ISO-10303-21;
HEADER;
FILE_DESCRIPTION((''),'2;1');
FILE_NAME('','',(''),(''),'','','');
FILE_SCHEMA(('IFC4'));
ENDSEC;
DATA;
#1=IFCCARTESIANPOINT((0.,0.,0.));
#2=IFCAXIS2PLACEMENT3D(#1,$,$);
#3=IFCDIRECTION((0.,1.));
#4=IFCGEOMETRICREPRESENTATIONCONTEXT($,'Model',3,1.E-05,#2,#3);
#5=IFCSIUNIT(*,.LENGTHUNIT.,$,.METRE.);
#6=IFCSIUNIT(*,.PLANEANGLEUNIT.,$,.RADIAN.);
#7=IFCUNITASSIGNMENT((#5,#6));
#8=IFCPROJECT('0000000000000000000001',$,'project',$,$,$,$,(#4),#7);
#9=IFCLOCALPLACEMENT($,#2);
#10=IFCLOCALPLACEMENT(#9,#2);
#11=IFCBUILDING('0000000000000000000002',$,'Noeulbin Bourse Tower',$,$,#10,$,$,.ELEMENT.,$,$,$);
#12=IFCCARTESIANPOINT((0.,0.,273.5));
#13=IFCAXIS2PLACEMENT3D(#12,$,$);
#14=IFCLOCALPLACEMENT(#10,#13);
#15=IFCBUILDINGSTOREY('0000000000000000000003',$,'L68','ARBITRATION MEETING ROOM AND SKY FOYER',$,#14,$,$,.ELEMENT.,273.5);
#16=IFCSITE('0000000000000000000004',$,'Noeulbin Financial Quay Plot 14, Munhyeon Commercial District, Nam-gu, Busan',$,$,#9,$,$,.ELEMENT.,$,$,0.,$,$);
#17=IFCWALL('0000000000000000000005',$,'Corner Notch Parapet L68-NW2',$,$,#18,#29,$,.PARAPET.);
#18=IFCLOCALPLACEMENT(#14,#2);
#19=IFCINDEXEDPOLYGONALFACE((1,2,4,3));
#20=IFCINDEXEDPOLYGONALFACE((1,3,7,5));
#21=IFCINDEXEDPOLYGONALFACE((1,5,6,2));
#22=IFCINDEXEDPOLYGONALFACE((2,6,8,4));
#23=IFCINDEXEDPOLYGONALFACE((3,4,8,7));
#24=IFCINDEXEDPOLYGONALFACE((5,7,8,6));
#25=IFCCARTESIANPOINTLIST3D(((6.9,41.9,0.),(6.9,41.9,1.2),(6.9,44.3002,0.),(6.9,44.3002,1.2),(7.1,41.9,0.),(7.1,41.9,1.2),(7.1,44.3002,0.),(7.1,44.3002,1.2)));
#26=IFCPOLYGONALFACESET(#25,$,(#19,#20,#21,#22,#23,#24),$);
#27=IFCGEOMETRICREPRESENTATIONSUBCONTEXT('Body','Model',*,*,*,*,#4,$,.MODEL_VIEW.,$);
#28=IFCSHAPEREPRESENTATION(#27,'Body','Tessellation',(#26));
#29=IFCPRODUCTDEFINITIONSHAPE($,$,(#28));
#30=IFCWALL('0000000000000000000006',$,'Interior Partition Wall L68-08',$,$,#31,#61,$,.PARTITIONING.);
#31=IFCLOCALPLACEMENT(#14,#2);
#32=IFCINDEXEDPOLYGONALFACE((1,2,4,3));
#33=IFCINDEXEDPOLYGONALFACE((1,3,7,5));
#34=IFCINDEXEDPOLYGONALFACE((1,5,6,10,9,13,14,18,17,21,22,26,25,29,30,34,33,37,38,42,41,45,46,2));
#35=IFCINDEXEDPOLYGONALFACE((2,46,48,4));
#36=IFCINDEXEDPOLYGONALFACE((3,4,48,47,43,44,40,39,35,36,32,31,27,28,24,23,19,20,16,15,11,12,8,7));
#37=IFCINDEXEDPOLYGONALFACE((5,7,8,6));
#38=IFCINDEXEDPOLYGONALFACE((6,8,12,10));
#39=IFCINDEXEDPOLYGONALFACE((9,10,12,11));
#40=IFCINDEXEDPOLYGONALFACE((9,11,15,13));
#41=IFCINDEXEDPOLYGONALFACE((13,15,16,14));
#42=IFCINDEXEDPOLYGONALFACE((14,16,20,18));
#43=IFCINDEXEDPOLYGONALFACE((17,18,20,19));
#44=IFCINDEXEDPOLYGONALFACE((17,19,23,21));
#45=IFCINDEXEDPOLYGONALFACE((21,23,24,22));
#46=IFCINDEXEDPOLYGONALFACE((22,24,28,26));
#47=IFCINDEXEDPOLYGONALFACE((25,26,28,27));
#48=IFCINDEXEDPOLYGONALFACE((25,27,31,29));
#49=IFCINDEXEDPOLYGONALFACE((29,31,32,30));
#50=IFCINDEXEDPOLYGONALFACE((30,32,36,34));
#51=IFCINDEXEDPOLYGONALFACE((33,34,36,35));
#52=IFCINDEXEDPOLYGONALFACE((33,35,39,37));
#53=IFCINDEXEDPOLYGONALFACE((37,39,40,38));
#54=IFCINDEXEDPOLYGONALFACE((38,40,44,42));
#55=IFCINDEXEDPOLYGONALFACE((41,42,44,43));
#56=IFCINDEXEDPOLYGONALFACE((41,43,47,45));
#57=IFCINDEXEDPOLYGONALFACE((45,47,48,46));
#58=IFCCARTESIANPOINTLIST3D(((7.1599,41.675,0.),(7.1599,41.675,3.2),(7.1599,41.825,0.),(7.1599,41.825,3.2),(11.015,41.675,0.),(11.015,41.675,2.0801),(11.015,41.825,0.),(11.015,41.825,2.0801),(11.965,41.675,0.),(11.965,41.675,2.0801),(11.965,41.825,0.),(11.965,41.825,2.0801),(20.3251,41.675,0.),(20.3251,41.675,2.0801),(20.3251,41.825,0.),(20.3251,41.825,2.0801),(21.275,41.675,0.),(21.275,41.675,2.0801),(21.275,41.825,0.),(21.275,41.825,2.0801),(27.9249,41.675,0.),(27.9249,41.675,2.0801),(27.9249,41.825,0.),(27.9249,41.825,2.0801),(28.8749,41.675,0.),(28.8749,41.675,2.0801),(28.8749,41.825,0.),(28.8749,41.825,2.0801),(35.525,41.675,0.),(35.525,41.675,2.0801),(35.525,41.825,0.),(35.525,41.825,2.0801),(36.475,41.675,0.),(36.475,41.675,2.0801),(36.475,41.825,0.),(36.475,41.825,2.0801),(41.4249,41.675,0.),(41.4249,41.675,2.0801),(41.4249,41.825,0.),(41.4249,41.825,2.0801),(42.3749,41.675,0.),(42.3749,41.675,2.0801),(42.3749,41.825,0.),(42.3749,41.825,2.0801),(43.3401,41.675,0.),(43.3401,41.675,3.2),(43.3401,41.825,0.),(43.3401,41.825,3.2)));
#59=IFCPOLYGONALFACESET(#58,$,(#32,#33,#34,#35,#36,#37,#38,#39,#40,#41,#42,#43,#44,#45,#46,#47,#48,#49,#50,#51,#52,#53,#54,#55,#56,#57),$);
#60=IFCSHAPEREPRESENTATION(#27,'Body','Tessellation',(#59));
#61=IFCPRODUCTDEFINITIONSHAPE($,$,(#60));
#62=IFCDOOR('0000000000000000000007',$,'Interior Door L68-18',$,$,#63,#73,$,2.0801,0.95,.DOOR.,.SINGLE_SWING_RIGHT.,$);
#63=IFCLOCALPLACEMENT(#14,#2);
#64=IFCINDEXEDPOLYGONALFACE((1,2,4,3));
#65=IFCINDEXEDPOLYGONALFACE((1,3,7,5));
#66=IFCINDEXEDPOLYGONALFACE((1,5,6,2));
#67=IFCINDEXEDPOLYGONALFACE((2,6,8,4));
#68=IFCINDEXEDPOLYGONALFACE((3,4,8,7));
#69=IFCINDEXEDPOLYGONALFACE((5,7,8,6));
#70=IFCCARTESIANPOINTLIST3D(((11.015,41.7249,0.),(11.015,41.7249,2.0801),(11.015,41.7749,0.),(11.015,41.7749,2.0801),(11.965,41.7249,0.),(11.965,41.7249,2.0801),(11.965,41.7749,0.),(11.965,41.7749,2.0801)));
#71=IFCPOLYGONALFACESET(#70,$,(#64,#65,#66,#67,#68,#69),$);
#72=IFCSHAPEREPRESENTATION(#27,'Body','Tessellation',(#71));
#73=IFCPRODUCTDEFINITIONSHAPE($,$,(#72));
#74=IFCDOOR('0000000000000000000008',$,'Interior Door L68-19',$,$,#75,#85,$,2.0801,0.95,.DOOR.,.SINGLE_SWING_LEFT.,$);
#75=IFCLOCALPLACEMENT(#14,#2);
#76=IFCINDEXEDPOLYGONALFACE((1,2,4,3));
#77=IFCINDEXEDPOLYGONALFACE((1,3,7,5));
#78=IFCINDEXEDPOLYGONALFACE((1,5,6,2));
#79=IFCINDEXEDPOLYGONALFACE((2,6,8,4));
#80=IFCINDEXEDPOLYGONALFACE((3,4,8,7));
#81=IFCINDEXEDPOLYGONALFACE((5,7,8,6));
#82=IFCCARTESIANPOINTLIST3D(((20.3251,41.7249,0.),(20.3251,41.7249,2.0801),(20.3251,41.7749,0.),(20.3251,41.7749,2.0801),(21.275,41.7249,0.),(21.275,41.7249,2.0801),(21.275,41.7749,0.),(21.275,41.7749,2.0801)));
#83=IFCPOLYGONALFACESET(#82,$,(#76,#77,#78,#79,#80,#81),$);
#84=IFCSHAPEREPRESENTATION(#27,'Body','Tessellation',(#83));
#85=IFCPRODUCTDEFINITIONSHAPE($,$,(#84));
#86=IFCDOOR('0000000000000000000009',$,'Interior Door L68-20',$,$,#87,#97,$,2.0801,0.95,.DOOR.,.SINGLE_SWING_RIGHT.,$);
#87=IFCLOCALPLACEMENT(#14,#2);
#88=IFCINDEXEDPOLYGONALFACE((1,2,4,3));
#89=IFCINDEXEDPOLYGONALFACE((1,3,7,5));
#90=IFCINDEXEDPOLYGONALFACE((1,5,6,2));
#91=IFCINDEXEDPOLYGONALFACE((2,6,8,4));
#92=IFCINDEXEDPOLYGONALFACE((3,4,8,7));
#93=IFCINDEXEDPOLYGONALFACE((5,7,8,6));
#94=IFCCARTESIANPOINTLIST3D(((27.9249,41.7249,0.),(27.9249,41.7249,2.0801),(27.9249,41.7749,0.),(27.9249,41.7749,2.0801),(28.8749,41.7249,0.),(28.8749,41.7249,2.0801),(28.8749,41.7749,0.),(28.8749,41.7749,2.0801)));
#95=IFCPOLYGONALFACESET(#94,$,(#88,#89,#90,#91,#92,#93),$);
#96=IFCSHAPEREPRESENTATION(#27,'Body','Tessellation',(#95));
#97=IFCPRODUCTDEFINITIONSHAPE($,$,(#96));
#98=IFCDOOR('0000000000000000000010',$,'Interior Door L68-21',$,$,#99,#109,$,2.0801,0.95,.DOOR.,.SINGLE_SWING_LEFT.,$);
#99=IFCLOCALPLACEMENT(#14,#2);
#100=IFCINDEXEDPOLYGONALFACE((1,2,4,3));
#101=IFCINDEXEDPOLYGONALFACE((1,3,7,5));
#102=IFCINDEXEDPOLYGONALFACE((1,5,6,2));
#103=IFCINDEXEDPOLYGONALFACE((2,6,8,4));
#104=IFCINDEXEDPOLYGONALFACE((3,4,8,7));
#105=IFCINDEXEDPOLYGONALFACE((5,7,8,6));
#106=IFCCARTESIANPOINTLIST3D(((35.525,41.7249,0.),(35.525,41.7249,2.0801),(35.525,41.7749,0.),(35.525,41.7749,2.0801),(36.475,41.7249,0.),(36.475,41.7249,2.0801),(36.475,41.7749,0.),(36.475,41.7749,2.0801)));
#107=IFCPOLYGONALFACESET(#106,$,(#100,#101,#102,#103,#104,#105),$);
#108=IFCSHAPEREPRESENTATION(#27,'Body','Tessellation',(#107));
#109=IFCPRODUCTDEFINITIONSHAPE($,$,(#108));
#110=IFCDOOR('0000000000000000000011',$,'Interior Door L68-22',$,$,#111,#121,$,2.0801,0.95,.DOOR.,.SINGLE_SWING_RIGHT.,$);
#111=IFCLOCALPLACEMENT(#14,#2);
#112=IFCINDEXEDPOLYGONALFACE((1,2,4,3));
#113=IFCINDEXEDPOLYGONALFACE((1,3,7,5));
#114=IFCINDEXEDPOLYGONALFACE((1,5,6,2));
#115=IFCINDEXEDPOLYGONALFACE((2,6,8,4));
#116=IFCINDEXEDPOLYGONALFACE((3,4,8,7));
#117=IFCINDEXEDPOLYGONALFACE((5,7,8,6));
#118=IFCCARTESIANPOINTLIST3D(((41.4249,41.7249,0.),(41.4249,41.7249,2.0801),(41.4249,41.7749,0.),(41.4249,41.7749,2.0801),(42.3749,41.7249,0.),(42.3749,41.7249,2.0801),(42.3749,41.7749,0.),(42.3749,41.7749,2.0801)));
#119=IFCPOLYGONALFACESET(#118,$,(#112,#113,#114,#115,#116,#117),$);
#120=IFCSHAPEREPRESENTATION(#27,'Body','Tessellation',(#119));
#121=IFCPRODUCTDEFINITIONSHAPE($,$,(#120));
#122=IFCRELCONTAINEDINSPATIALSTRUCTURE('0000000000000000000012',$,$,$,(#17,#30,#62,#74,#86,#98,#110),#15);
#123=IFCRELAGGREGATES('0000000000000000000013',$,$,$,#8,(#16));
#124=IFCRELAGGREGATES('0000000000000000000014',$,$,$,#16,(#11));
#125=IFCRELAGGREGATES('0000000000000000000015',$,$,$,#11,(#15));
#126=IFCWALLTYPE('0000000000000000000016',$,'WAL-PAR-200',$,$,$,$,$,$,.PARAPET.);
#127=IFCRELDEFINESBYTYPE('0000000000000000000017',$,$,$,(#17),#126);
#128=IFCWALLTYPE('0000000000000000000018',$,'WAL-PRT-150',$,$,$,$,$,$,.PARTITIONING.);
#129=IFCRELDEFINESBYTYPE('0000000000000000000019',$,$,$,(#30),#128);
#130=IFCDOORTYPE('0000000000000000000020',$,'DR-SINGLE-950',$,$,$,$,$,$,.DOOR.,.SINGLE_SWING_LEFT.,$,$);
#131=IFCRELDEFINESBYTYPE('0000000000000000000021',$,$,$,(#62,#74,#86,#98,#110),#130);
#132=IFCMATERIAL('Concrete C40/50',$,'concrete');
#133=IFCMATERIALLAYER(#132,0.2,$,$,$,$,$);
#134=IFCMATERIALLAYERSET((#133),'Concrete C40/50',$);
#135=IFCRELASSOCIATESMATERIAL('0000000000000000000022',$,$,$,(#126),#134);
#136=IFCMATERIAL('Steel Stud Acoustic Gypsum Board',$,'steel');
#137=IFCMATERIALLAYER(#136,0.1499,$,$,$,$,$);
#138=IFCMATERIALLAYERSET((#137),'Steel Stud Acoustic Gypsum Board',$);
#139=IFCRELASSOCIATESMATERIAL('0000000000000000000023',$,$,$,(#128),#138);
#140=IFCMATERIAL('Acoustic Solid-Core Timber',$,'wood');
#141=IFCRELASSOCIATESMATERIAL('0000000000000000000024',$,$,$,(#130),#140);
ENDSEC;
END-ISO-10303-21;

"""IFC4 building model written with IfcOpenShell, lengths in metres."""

from ifc_helpers import new_model, si_unit, direction, frame, frame_2d, origin, place, context, subcontext, project, spatial, rectangle, extrude, material, layer, layer_set, type_object, element, fill, save


model = new_model("IFC4")

# Units and contexts
model_context = context("Model", 3, precision=1e-05, world=origin(), true_north=direction((0.0, 1.0)))
body_context = subcontext(model_context, "Body", "Model", "MODEL_VIEW")
ifc_project = project(units=[si_unit("LENGTHUNIT", "METRE"), si_unit("PLANEANGLEUNIT", "RADIAN")], contexts=[model_context])

# Site, building, storey
site_placement = place(None, origin())
site = spatial("IfcSite", under=ifc_project, at=site_placement, Name="Noeulbin Financial Quay Plot 14, Munhyeon Commercial District, Nam-gu, Busan", CompositionType="ELEMENT", RefElevation=0.0)
building_placement = place(site_placement, origin())
building = spatial("IfcBuilding", under=site, at=building_placement, Name="Noeulbin Bourse Tower", CompositionType="ELEMENT")
storey_placement = place(building_placement, frame((0.0, 0.0, 273.5)))
storey = spatial("IfcBuildingStorey", under=building, at=storey_placement, Name="L68", Description="ARBITRATION MEETING ROOM AND SKY FOYER", CompositionType="ELEMENT", Elevation=273.5)

# Wall
ifc_material_1 = material(Name="Concrete C40/50", Category="concrete")
ifc_layer_1 = layer(ifc_material_1, 0.2)
ifc_layer_set_1 = layer_set([ifc_layer_1], Name="Concrete C40/50")
wall_type_1 = type_object("IfcWallType", Name="WAL-PAR-200", PredefinedType="PARAPET", material=ifc_layer_set_1)
wall_1_placement = place(storey_placement, frame((7.0, 41.8999, 0.0), z_axis=(0.0, 0.0, 1.0), x_axis=(0.0, 1.0, 0.0)))
element("IfcWall", 1, at=wall_1_placement, inside=storey, type_object=wall_type_1, Name="Corner Notch Parapet L68-NW2", PredefinedType="PARAPET", context=body_context, shape_type="SweptSolid", body=[
    extrude(rectangle(XDim=2.4001, YDim=0.2, at=frame_2d((1.2002, 0.0))), origin(), (0.0, 0.0, 1.0), 1.2),
])

# Wall, openings, doors
ifc_material_2 = material(Name="Steel Stud Acoustic Gypsum Board", Category="steel")
ifc_layer_2 = layer(ifc_material_2, 0.1499)
ifc_layer_set_2 = layer_set([ifc_layer_2], Name="Steel Stud Acoustic Gypsum Board")
wall_type_2 = type_object("IfcWallType", Name="WAL-PRT-150", PredefinedType="PARTITIONING", material=ifc_layer_set_2)
wall_2_placement = place(storey_placement, frame((7.1599, 41.75, 0.0), z_axis=(0.0, 0.0, 1.0), x_axis=(1.0, 0.0, 0.0)))
wall_2 = element("IfcWall", 2, at=wall_2_placement, inside=storey, type_object=wall_type_2, Name="Interior Partition Wall L68-08", PredefinedType="PARTITIONING", context=body_context, shape_type="SweptSolid", body=[
    extrude(rectangle(XDim=36.1802, YDim=0.1499, at=frame_2d((18.0901, 0.0))), origin(), (0.0, 0.0, 1.0), 3.2),
])
opening_1_placement = place(wall_2_placement, frame((3.855, 0.0, 0.0)))
opening_1 = element("IfcOpeningElement", 3, at=opening_1_placement, cuts=wall_2, PredefinedType="OPENING", context=body_context, shape_type="SweptSolid", body=[
    extrude(rectangle(XDim=0.95, YDim=2.0801, at=frame_2d((0.4751, 1.04))), frame((0.0, 0.085, 0.0), z_axis=(0.0, -1.0, 0.0), x_axis=(1.0, 0.0, 0.0)), (0.0, 0.0, 1.0), 0.1699),
])
opening_2_placement = place(wall_2_placement, frame((13.165, 0.0, 0.0)))
opening_2 = element("IfcOpeningElement", 4, at=opening_2_placement, cuts=wall_2, PredefinedType="OPENING", context=body_context, shape_type="SweptSolid", body=[
    extrude(rectangle(XDim=0.95, YDim=2.0801, at=frame_2d((0.4751, 1.04))), frame((0.0, 0.085, 0.0), z_axis=(0.0, -1.0, 0.0), x_axis=(1.0, 0.0, 0.0)), (0.0, 0.0, 1.0), 0.1699),
])
opening_3_placement = place(wall_2_placement, frame((20.7649, 0.0, 0.0)))
opening_3 = element("IfcOpeningElement", 5, at=opening_3_placement, cuts=wall_2, PredefinedType="OPENING", context=body_context, shape_type="SweptSolid", body=[
    extrude(rectangle(XDim=0.95, YDim=2.0801, at=frame_2d((0.4751, 1.04))), frame((0.0, 0.085, 0.0), z_axis=(0.0, -1.0, 0.0), x_axis=(1.0, 0.0, 0.0)), (0.0, 0.0, 1.0), 0.1699),
])
opening_4_placement = place(wall_2_placement, frame((28.365, 0.0, 0.0)))
opening_4 = element("IfcOpeningElement", 6, at=opening_4_placement, cuts=wall_2, PredefinedType="OPENING", context=body_context, shape_type="SweptSolid", body=[
    extrude(rectangle(XDim=0.95, YDim=2.0801, at=frame_2d((0.4751, 1.04))), frame((0.0, 0.085, 0.0), z_axis=(0.0, -1.0, 0.0), x_axis=(1.0, 0.0, 0.0)), (0.0, 0.0, 1.0), 0.1699),
])
opening_5_placement = place(wall_2_placement, frame((34.2649, 0.0, 0.0)))
opening_5 = element("IfcOpeningElement", 7, at=opening_5_placement, cuts=wall_2, PredefinedType="OPENING", context=body_context, shape_type="SweptSolid", body=[
    extrude(rectangle(XDim=0.95, YDim=2.0801, at=frame_2d((0.4751, 1.04))), frame((0.0, 0.085, 0.0), z_axis=(0.0, -1.0, 0.0), x_axis=(1.0, 0.0, 0.0)), (0.0, 0.0, 1.0), 0.1699),
])
ifc_material_3 = material(Name="Acoustic Solid-Core Timber", Category="wood")
door_type = type_object("IfcDoorType", Name="DR-SINGLE-950", OperationType="SINGLE_SWING_LEFT", PredefinedType="DOOR", material=ifc_material_3)
door_1_placement = place(opening_1_placement, origin())
door_1 = element("IfcDoor", 8, at=door_1_placement, inside=storey, type_object=door_type, Name="Interior Door L68-18", OperationType="SINGLE_SWING_RIGHT", OverallHeight=2.0801, OverallWidth=0.95, PredefinedType="DOOR", context=body_context, shape_type="SweptSolid", body=[
    extrude(rectangle(XDim=0.95, YDim=2.0801, at=frame_2d((0.4751, 1.04))), frame((0.0, 0.0249, 0.0), z_axis=(0.0, -1.0, 0.0), x_axis=(1.0, 0.0, 0.0)), (0.0, 0.0, 1.0), 0.05),
])
fill(opening_1, door_1)
door_2_placement = place(opening_2_placement, origin())
door_2 = element("IfcDoor", 9, at=door_2_placement, inside=storey, type_object=door_type, Name="Interior Door L68-19", OperationType="SINGLE_SWING_LEFT", OverallHeight=2.0801, OverallWidth=0.95, PredefinedType="DOOR", context=body_context, shape_type="SweptSolid", body=[
    extrude(rectangle(XDim=0.95, YDim=2.0801, at=frame_2d((0.4751, 1.04))), frame((0.0, 0.0249, 0.0), z_axis=(0.0, -1.0, 0.0), x_axis=(1.0, 0.0, 0.0)), (0.0, 0.0, 1.0), 0.05),
])
fill(opening_2, door_2)
door_3_placement = place(opening_3_placement, origin())
door_3 = element("IfcDoor", 10, at=door_3_placement, inside=storey, type_object=door_type, Name="Interior Door L68-20", OperationType="SINGLE_SWING_RIGHT", OverallHeight=2.0801, OverallWidth=0.95, PredefinedType="DOOR", context=body_context, shape_type="SweptSolid", body=[
    extrude(rectangle(XDim=0.95, YDim=2.0801, at=frame_2d((0.4751, 1.04))), frame((0.0, 0.0249, 0.0), z_axis=(0.0, -1.0, 0.0), x_axis=(1.0, 0.0, 0.0)), (0.0, 0.0, 1.0), 0.05),
])
fill(opening_3, door_3)
door_4_placement = place(opening_4_placement, origin())
door_4 = element("IfcDoor", 11, at=door_4_placement, inside=storey, type_object=door_type, Name="Interior Door L68-21", OperationType="SINGLE_SWING_LEFT", OverallHeight=2.0801, OverallWidth=0.95, PredefinedType="DOOR", context=body_context, shape_type="SweptSolid", body=[
    extrude(rectangle(XDim=0.95, YDim=2.0801, at=frame_2d((0.4751, 1.04))), frame((0.0, 0.0249, 0.0), z_axis=(0.0, -1.0, 0.0), x_axis=(1.0, 0.0, 0.0)), (0.0, 0.0, 1.0), 0.05),
])
fill(opening_4, door_4)
door_5_placement = place(opening_5_placement, origin())
door_5 = element("IfcDoor", 12, at=door_5_placement, inside=storey, type_object=door_type, Name="Interior Door L68-22", OperationType="SINGLE_SWING_RIGHT", OverallHeight=2.0801, OverallWidth=0.95, PredefinedType="DOOR", context=body_context, shape_type="SweptSolid", body=[
    extrude(rectangle(XDim=0.95, YDim=2.0801, at=frame_2d((0.4751, 1.04))), frame((0.0, 0.0249, 0.0), z_axis=(0.0, -1.0, 0.0), x_axis=(1.0, 0.0, 0.0)), (0.0, 0.0, 1.0), 0.05),
])
fill(opening_5, door_5)

save(model, "model.ifc")
